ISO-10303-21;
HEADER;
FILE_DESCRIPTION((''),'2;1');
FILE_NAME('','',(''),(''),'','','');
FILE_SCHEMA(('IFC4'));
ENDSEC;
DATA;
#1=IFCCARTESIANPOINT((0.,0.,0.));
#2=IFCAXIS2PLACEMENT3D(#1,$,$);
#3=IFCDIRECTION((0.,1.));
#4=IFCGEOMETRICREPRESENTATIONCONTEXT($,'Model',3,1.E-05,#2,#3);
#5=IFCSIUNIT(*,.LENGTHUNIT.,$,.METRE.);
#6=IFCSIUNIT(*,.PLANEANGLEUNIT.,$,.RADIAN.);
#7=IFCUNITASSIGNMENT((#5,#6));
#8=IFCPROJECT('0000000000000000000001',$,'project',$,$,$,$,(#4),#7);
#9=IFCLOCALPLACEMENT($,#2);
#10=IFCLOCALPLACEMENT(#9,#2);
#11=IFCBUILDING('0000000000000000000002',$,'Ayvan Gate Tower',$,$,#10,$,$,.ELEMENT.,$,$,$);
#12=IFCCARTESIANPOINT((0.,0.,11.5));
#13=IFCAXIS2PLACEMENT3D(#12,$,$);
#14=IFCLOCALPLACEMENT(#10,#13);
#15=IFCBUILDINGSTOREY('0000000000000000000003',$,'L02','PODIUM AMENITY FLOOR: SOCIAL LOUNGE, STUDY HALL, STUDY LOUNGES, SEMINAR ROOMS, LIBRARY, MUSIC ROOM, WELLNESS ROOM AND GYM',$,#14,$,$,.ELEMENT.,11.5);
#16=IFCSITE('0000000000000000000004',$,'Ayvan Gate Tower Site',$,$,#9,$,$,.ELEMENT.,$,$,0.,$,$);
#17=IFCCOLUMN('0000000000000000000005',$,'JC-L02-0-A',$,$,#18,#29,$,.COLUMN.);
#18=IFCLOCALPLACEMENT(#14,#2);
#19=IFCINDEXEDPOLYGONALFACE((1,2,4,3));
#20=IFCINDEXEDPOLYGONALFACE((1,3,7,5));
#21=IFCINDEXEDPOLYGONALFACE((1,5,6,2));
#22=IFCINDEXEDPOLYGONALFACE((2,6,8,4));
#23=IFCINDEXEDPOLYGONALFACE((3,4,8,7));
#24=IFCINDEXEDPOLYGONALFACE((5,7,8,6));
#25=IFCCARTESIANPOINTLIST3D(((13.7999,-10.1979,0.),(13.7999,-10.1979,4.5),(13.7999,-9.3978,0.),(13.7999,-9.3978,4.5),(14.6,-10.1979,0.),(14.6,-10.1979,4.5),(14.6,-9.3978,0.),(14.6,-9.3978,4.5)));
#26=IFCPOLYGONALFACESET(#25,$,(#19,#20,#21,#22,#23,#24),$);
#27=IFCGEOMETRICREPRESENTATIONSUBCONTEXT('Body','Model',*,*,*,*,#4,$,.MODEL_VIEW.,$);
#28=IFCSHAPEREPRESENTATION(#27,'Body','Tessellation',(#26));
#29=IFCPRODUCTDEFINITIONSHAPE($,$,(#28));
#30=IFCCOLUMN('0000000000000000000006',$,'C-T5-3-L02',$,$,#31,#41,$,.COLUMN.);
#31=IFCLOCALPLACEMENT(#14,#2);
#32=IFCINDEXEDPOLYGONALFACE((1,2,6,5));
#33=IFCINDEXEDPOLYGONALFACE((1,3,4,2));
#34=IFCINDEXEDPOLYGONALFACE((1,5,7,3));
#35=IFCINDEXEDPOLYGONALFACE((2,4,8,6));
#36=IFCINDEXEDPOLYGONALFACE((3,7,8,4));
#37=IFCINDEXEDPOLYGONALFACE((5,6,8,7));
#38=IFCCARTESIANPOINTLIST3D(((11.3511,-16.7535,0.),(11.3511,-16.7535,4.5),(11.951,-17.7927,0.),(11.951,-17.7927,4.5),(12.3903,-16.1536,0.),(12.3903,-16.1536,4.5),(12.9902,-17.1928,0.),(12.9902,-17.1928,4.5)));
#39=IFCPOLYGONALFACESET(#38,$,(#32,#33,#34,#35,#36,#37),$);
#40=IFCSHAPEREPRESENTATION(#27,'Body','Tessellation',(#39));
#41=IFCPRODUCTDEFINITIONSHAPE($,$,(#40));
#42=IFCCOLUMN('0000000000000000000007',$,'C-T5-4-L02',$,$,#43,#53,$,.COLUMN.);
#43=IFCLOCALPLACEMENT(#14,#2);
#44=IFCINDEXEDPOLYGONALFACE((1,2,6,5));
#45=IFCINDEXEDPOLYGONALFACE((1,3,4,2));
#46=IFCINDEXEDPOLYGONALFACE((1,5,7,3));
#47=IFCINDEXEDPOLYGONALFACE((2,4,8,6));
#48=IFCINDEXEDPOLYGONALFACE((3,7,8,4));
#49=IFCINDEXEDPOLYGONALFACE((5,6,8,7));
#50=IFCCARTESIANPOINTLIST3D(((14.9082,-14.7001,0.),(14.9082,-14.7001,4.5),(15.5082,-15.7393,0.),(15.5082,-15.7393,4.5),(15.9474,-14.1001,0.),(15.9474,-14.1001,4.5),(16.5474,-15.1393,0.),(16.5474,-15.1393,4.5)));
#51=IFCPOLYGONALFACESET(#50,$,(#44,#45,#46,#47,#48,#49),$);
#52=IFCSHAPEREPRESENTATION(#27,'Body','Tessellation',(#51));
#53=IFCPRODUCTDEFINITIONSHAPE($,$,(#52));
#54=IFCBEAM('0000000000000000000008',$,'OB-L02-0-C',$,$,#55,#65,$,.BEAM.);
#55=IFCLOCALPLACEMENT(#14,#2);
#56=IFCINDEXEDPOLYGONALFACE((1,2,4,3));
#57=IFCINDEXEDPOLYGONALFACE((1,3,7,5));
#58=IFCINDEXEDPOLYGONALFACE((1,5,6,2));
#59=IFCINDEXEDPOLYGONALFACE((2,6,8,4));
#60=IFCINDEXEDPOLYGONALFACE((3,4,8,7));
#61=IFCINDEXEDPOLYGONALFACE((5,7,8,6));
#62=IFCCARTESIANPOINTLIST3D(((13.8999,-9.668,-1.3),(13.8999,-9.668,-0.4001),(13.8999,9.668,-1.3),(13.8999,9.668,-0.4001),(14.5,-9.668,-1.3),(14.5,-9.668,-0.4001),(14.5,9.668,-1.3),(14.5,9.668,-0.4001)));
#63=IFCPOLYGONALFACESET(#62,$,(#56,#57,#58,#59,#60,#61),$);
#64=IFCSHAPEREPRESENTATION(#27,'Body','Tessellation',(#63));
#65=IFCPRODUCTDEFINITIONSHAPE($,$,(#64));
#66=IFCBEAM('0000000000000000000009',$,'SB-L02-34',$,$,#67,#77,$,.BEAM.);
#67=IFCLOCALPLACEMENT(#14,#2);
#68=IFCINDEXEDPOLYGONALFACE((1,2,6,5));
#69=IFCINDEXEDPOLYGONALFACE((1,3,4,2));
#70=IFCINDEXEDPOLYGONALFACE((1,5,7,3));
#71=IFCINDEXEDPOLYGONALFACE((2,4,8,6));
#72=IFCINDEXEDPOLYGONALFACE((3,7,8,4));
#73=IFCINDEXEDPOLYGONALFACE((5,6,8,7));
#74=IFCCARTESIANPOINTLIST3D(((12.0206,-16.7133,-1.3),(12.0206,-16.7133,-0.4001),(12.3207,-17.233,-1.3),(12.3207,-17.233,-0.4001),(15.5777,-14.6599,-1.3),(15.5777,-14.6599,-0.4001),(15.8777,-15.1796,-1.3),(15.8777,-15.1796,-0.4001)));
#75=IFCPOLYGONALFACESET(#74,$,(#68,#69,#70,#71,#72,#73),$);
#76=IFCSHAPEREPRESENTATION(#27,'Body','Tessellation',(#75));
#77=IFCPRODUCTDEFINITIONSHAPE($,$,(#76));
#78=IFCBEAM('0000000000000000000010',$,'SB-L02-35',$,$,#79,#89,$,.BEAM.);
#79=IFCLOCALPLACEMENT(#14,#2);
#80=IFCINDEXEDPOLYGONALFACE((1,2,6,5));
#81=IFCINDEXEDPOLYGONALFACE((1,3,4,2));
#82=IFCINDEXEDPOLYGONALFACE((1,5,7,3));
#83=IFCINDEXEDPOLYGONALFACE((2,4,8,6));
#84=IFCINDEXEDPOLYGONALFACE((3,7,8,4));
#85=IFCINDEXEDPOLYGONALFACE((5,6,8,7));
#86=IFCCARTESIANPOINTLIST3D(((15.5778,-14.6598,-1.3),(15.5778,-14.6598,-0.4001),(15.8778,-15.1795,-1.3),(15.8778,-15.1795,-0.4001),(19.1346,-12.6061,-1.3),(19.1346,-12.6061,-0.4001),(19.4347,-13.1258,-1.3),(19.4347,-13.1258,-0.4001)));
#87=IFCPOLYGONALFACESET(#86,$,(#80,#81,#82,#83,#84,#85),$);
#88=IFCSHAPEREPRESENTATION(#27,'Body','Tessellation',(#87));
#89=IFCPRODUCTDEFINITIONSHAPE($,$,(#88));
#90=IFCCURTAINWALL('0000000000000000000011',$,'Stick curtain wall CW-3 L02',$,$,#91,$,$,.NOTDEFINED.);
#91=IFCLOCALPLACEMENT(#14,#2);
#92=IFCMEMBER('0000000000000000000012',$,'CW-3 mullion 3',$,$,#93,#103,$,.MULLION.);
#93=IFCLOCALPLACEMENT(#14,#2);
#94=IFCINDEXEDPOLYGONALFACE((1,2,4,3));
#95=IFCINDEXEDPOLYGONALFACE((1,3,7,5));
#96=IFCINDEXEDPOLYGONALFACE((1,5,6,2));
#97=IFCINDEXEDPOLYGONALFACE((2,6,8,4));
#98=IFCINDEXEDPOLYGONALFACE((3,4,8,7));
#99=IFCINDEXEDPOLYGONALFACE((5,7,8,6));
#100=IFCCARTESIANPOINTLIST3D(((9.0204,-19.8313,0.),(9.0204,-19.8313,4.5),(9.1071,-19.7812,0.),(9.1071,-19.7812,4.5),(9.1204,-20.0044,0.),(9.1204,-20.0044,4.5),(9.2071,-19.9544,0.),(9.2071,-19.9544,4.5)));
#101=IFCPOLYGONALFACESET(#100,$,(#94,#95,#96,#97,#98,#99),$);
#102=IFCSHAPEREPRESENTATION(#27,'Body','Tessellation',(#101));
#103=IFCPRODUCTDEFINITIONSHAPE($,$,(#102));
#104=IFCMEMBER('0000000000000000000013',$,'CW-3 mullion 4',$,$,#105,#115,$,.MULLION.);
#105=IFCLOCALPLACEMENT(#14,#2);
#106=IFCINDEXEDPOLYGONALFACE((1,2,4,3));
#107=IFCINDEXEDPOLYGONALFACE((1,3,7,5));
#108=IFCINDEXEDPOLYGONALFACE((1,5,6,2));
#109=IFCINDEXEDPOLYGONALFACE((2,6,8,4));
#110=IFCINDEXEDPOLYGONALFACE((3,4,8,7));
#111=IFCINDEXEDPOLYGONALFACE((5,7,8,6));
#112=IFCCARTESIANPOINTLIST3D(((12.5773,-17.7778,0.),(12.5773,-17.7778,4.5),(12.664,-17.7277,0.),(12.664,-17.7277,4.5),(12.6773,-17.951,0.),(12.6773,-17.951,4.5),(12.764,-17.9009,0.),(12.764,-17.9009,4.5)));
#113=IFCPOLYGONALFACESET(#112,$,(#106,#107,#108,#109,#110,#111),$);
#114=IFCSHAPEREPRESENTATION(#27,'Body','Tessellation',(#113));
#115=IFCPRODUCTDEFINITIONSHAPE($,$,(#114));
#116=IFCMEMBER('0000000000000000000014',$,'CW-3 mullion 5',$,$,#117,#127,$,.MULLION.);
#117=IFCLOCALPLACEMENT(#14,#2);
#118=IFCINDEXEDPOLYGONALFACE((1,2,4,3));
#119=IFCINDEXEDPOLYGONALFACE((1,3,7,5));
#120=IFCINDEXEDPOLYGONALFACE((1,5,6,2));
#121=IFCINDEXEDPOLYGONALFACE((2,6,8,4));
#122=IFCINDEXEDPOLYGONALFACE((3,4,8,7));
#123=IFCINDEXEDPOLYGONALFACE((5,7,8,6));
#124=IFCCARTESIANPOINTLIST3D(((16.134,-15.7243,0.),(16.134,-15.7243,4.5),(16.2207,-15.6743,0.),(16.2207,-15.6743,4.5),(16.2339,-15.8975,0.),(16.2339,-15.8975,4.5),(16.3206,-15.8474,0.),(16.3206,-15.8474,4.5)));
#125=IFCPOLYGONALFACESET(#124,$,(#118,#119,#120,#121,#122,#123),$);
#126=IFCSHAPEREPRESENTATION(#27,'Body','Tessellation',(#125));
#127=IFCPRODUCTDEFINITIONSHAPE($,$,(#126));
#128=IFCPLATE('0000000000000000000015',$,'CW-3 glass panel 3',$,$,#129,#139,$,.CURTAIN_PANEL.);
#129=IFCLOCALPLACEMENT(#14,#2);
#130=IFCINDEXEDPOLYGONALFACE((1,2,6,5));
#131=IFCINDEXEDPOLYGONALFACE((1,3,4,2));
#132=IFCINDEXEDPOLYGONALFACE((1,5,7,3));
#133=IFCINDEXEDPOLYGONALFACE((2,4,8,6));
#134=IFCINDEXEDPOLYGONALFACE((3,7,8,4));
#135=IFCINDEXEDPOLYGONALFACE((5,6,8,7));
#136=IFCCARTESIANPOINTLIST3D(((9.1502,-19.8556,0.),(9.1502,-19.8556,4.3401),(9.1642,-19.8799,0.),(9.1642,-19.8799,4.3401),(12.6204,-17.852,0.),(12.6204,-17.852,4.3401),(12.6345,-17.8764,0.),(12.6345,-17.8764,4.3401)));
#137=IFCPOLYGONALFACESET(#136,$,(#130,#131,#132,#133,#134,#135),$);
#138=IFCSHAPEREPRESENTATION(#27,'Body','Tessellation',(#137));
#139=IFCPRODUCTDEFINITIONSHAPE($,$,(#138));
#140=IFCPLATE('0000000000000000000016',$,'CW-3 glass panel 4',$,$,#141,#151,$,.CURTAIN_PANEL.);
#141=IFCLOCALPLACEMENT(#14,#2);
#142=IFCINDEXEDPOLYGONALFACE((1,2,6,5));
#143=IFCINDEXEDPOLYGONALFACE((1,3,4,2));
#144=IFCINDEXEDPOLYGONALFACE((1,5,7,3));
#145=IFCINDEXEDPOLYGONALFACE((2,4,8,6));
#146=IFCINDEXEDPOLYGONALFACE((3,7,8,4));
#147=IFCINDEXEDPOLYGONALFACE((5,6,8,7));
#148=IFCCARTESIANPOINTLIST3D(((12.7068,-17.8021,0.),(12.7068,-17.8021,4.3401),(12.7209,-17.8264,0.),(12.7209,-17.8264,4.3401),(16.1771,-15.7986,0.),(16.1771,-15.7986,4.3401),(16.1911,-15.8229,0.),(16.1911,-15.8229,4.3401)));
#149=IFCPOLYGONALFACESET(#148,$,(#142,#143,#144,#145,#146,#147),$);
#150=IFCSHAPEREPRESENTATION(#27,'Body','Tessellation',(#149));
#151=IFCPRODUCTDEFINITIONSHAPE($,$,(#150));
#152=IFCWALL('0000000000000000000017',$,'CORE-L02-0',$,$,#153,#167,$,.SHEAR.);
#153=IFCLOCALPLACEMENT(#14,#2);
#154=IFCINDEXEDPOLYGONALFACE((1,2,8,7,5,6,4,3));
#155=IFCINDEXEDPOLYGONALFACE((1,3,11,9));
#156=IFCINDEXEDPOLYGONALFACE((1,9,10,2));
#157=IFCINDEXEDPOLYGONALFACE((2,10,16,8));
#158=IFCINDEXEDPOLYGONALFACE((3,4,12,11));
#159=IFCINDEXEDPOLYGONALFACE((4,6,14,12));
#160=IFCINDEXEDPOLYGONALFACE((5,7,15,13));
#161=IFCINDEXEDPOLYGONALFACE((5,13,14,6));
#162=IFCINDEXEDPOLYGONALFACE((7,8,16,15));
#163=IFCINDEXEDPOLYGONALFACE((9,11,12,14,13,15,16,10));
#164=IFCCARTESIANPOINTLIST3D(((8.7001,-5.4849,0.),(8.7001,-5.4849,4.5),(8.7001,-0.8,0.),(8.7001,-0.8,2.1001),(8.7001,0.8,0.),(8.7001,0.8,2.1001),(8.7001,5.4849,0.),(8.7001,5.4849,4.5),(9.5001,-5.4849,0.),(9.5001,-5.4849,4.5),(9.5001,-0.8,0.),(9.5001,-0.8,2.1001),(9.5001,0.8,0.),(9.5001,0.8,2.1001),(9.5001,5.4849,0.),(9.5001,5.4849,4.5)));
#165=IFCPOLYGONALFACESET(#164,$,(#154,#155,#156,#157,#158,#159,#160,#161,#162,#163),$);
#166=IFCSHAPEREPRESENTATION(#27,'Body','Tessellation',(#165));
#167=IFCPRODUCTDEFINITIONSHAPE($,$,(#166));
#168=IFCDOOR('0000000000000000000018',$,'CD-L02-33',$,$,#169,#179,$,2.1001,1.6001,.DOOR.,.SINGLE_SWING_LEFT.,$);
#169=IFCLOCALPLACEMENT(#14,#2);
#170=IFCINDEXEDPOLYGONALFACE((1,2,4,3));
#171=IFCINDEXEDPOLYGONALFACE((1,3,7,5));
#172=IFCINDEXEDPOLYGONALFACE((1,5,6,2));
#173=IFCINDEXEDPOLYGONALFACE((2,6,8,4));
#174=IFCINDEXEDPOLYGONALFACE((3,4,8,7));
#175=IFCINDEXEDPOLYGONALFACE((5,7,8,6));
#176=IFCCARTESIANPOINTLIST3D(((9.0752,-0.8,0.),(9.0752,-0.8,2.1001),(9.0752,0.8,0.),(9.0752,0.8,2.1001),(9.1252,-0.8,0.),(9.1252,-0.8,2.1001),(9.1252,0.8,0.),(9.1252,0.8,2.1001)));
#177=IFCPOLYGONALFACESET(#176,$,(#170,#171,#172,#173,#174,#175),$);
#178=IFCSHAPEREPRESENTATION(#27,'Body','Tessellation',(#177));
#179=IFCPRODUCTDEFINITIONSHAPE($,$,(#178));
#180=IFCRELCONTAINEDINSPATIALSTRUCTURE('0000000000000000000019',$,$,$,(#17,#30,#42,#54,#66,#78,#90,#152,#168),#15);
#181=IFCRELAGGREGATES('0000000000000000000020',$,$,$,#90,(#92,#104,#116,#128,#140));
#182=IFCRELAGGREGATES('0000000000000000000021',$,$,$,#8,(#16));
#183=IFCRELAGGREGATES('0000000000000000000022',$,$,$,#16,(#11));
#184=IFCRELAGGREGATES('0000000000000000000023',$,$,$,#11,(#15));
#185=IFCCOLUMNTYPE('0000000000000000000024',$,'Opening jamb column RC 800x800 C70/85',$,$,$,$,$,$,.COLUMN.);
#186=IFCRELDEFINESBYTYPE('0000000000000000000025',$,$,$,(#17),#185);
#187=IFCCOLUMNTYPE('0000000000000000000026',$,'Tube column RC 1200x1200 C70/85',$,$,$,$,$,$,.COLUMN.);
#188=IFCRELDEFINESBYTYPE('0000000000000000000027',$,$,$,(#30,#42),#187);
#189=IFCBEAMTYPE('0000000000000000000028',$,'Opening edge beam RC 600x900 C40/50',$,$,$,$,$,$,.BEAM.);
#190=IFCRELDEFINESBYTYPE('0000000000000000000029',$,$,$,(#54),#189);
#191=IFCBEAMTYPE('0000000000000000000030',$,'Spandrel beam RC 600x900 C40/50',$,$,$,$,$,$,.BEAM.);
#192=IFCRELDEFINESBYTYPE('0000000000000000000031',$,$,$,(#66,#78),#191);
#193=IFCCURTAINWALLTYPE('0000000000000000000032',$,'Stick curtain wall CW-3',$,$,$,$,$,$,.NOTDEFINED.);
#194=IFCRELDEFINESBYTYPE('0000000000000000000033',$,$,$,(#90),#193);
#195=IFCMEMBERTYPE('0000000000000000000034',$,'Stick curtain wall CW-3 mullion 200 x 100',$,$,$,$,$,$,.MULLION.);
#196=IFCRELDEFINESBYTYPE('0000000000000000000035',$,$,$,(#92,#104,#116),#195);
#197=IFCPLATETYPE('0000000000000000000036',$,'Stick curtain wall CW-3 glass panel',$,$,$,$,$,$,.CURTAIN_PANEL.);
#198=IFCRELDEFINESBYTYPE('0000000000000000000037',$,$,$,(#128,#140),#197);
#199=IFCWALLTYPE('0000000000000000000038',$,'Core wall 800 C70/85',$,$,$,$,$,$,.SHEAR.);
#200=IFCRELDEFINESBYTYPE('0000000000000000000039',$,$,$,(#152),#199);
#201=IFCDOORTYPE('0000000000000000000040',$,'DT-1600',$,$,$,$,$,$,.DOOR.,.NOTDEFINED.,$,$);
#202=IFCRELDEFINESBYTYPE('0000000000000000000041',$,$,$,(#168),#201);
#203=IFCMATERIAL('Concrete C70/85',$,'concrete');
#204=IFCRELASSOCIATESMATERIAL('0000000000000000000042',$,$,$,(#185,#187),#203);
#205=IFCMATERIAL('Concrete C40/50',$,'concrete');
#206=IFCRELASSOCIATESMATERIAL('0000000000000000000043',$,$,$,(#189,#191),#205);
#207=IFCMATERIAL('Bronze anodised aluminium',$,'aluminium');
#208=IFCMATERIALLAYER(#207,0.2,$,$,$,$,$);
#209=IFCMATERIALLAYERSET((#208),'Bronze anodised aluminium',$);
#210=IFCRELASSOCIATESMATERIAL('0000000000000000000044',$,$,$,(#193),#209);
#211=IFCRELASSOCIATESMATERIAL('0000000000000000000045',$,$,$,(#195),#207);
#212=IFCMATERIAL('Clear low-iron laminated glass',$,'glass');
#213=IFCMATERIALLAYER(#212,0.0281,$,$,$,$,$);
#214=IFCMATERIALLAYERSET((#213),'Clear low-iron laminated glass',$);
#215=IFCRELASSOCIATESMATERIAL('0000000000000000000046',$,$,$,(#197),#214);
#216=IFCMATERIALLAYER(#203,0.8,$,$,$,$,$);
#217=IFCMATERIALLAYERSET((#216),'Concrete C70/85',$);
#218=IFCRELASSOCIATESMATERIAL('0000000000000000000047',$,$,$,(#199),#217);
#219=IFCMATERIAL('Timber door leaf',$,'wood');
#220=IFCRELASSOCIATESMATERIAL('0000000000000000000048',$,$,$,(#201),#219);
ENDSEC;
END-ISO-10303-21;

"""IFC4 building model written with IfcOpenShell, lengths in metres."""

from ifc_helpers import new_model, si_unit, direction, frame, frame_2d, origin, origin_2d, place, context, subcontext, project, spatial, rectangle, extrude, material, layer, layer_set, material_profile, profile_set, type_object, element, fill, aggregate, save


model = new_model("IFC4")

# Units and contexts
model_context = context("Model", 3, precision=1e-05, world=origin(), true_north=direction((0.0, 1.0)))
body_context = subcontext(model_context, "Body", "Model", "MODEL_VIEW")
ifc_project = project(units=[si_unit("LENGTHUNIT", "METRE"), si_unit("PLANEANGLEUNIT", "RADIAN")], contexts=[model_context])

# Site, building, storey
site_placement = place(None, origin())
site = spatial("IfcSite", under=ifc_project, at=site_placement, Name="Ayvan Gate Tower Site", CompositionType="ELEMENT", RefElevation=0.0)
building_placement = place(site_placement, origin())
building = spatial("IfcBuilding", under=site, at=building_placement, Name="Ayvan Gate Tower", CompositionType="ELEMENT")
storey_placement = place(building_placement, frame((0.0, 0.0, 11.5)))
storey = spatial("IfcBuildingStorey", under=building, at=storey_placement, Name="L02", Description="PODIUM AMENITY FLOOR: SOCIAL LOUNGE, STUDY HALL, STUDY LOUNGES, SEMINAR ROOMS, LIBRARY, MUSIC ROOM, WELLNESS ROOM AND GYM", CompositionType="ELEMENT", Elevation=11.5)

# Columns
ifc_material_1 = material(Name="Concrete C70/85", Category="concrete")
ifc_material_profile_1 = material_profile(ifc_material_1, rectangle(XDim=0.8, YDim=0.8, at=origin_2d()), Name="RC 800x800")
ifc_profile_set_1 = profile_set([ifc_material_profile_1], Name="Concrete C70/85")
column_type_1 = type_object("IfcColumnType", Name="Opening jamb column RC 800x800 C70/85", PredefinedType="COLUMN", material=ifc_profile_set_1)
column_placement = place(storey_placement, frame((14.2, -9.7979, 0.0), z_axis=(0.0, 0.0, 1.0), x_axis=(1.0, 0.0, 0.0)))
element("IfcColumn", 1, at=column_placement, inside=storey, type_object=column_type_1, Name="JC-L02-0-A", PredefinedType="COLUMN", context=body_context, shape_type="SweptSolid", body=[
    extrude(rectangle(XDim=0.8, YDim=0.8, at=origin_2d()), origin(), (0.0, 0.0, 1.0), 4.5),
])
ifc_material_profile_2 = material_profile(ifc_material_1, rectangle(XDim=1.2, YDim=1.2, at=origin_2d()), Name="RC 1200x1200")
ifc_profile_set_2 = profile_set([ifc_material_profile_2], Name="Concrete C70/85")
column_type_2 = type_object("IfcColumnType", Name="Tube column RC 1200x1200 C70/85", PredefinedType="COLUMN", material=ifc_profile_set_2)
for number, where, z_axis, x_axis, name in (
    (2, (12.1707, -16.9731, 0.0), (0.0, 0.0, 1.0), (0.5, -0.866025, 0.0), "C-T5-3-L02"),
    (3, (15.7278, -14.9197, 0.0), (0.0, 0.0, 1.0), (0.5, -0.866025, 0.0), "C-T5-4-L02"),
):
    element("IfcColumn", number, at=place(storey_placement, frame(where, z_axis=z_axis, x_axis=x_axis)), inside=storey, type_object=column_type_2, Name=name, PredefinedType="COLUMN", context=body_context, shape_type="SweptSolid", body=[
        extrude(rectangle(XDim=1.2, YDim=1.2, at=origin_2d()), origin(), (0.0, 0.0, 1.0), 4.5),
    ])

# Beams
ifc_material_2 = material(Name="Concrete C40/50", Category="concrete")
ifc_material_profile_3 = material_profile(ifc_material_2, rectangle(XDim=0.6001, YDim=0.8999, at=origin_2d()), Name="RC 600x900")
ifc_profile_set_3 = profile_set([ifc_material_profile_3], Name="Concrete C40/50")
beam_type_1 = type_object("IfcBeamType", Name="Opening edge beam RC 600x900 C40/50", PredefinedType="BEAM", material=ifc_profile_set_3)
beam_placement = place(storey_placement, frame((14.2, -9.668, -0.8501), z_axis=(0.0, 1.0, 0.0), x_axis=(-1.0, 0.0, 0.0)))
element("IfcBeam", 4, at=beam_placement, inside=storey, type_object=beam_type_1, Name="OB-L02-0-C", PredefinedType="BEAM", context=body_context, shape_type="SweptSolid", body=[
    extrude(rectangle(XDim=0.6001, YDim=0.8999, at=origin_2d()), origin(), (0.0, 0.0, 1.0), 19.3359),
])
ifc_material_profile_4 = material_profile(ifc_material_2, rectangle(XDim=0.6001, YDim=0.8999, at=origin_2d()), Name="RC 600x900")
ifc_profile_set_4 = profile_set([ifc_material_profile_4], Name="Concrete C40/50")
beam_type_2 = type_object("IfcBeamType", Name="Spandrel beam RC 600x900 C40/50", PredefinedType="BEAM", material=ifc_profile_set_4)
for number, where, z_axis, x_axis, name in (
    (5, (12.1707, -16.9731, -0.8501), (0.866051, 0.499956, 0.0), (-0.499956, 0.866051, 0.0), "SB-L02-34"),
    (6, (15.7278, -14.9197, -0.8501), (0.86601, 0.500026, 0.0), (-0.500026, 0.86601, 0.0), "SB-L02-35"),
):
    element("IfcBeam", number, at=place(storey_placement, frame(where, z_axis=z_axis, x_axis=x_axis)), inside=storey, type_object=beam_type_2, Name=name, PredefinedType="BEAM", context=body_context, shape_type="SweptSolid", body=[
        extrude(rectangle(XDim=0.6001, YDim=0.8999, at=origin_2d()), origin(), (0.0, 0.0, 1.0), 4.1072),
    ])

# Curtain wall, members, plates
ifc_material_3 = material(Name="Bronze anodised aluminium", Category="aluminium")
ifc_layer_1 = layer(ifc_material_3, 0.2)
ifc_layer_set_1 = layer_set([ifc_layer_1], Name="Bronze anodised aluminium")
curtain_wall_type = type_object("IfcCurtainWallType", Name="Stick curtain wall CW-3", PredefinedType="NOTDEFINED", material=ifc_layer_set_1)
curtain_wall_placement = place(storey_placement, origin())
curtain_wall = element("IfcCurtainWall", 7, at=curtain_wall_placement, inside=storey, type_object=curtain_wall_type, Name="Stick curtain wall CW-3 L02", PredefinedType="NOTDEFINED")
ifc_material_profile_5 = material_profile(ifc_material_3, rectangle(XDim=0.2, YDim=0.1001, at=origin_2d()), Name="Stick curtain wall CW-3 mullion 200 x 100")
ifc_profile_set_5 = profile_set([ifc_material_profile_5], Name="Bronze anodised aluminium")
member_type = type_object("IfcMemberType", Name="Stick curtain wall CW-3 mullion 200 x 100", PredefinedType="MULLION", material=ifc_profile_set_5)
member_1_placement = place(storey_placement, frame((9.1138, -19.8928, 0.0), z_axis=(0.0, 0.0, 1.0), x_axis=(0.5, -0.866025, 0.0)))
member_1 = element("IfcMember", 8, at=member_1_placement, type_object=member_type, Name="CW-3 mullion 3", PredefinedType="MULLION", context=body_context, shape_type="SweptSolid", body=[
    extrude(rectangle(XDim=0.2, YDim=0.1001, at=origin_2d()), origin(), (0.0, 0.0, 1.0), 4.5),
])
member_2_placement = place(storey_placement, frame((12.6707, -17.8394, 0.0), z_axis=(0.0, 0.0, 1.0), x_axis=(0.5, -0.866025, 0.0)))
member_2 = element("IfcMember", 9, at=member_2_placement, type_object=member_type, Name="CW-3 mullion 4", PredefinedType="MULLION", context=body_context, shape_type="SweptSolid", body=[
    extrude(rectangle(XDim=0.2, YDim=0.1001, at=origin_2d()), origin(), (0.0, 0.0, 1.0), 4.5),
])
member_3_placement = place(storey_placement, frame((16.2273, -15.7859, 0.0), z_axis=(0.0, 0.0, 1.0), x_axis=(0.5, -0.866025, 0.0)))
member_3 = element("IfcMember", 10, at=member_3_placement, type_object=member_type, Name="CW-3 mullion 5", PredefinedType="MULLION", context=body_context, shape_type="SweptSolid", body=[
    extrude(rectangle(XDim=0.2, YDim=0.1001, at=origin_2d()), origin(), (0.0, 0.0, 1.0), 4.5),
])
ifc_material_4 = material(Name="Clear low-iron laminated glass", Category="glass")
ifc_layer_2 = layer(ifc_material_4, 0.0281)
ifc_layer_set_2 = layer_set([ifc_layer_2], Name="Clear low-iron laminated glass")
plate_type = type_object("IfcPlateType", Name="Stick curtain wall CW-3 glass panel", PredefinedType="CURTAIN_PANEL", material=ifc_layer_set_2)
plate_1_placement = place(storey_placement, frame((10.8923, -18.866, 0.0), z_axis=(0.0, 0.0, 1.0), x_axis=(0.866025, 0.5, 0.0)))
plate_1 = element("IfcPlate", 11, at=plate_1_placement, type_object=plate_type, Name="CW-3 glass panel 3", PredefinedType="CURTAIN_PANEL", context=body_context, shape_type="SweptSolid", body=[
    extrude(rectangle(XDim=4.0071, YDim=0.0281, at=origin_2d()), origin(), (0.0, 0.0, 1.0), 4.3401),
])
plate_2_placement = place(storey_placement, frame((14.449, -16.8125, 0.0), z_axis=(0.0, 0.0, 1.0), x_axis=(0.866025, 0.5, 0.0)))
plate_2 = element("IfcPlate", 12, at=plate_2_placement, type_object=plate_type, Name="CW-3 glass panel 4", PredefinedType="CURTAIN_PANEL", context=body_context, shape_type="SweptSolid", body=[
    extrude(rectangle(XDim=4.0071, YDim=0.0281, at=origin_2d()), origin(), (0.0, 0.0, 1.0), 4.3401),
])
aggregate(curtain_wall, [member_1, member_2, member_3, plate_1, plate_2])

# Wall, opening, door
ifc_layer_3 = layer(ifc_material_1, 0.8)
ifc_layer_set_3 = layer_set([ifc_layer_3], Name="Concrete C70/85")
wall_type_1 = type_object("IfcWallType", Name="Core wall 800 C70/85", PredefinedType="SHEAR", material=ifc_layer_set_3)
wall_1_placement = place(storey_placement, frame((9.1001, -5.4849, 0.0), z_axis=(0.0, 0.0, 1.0), x_axis=(0.0, 1.0, 0.0)))
wall_1 = element("IfcWall", 13, at=wall_1_placement, inside=storey, type_object=wall_type_1, Name="CORE-L02-0", PredefinedType="SHEAR", context=body_context, shape_type="SweptSolid", body=[
    extrude(rectangle(XDim=10.9697, YDim=0.8, at=frame_2d((5.4849, 0.0))), origin(), (0.0, 0.0, 1.0), 4.5),
])
opening_1_placement = place(wall_1_placement, frame((4.6848, 0.0, 0.0)))
opening_1 = element("IfcOpeningElement", 14, at=opening_1_placement, cuts=wall_1, PredefinedType="OPENING", context=body_context, shape_type="SweptSolid", body=[
    extrude(rectangle(XDim=1.6001, YDim=2.1001, at=frame_2d((0.8, 1.05))), frame((0.0, 0.4099, 0.0), z_axis=(0.0, -1.0, 0.0), x_axis=(1.0, 0.0, 0.0)), (0.0, 0.0, 1.0), 0.8201),
])
ifc_material_5 = material(Name="Timber door leaf", Category="wood")
door_type_1 = type_object("IfcDoorType", Name="DT-1600", OperationType="NOTDEFINED", PredefinedType="DOOR", material=ifc_material_5)
door_1_placement = place(opening_1_placement, origin())
door_1 = element("IfcDoor", 15, at=door_1_placement, inside=storey, type_object=door_type_1, Name="CD-L02-33", OperationType="SINGLE_SWING_LEFT", OverallHeight=2.1001, OverallWidth=1.6001, PredefinedType="DOOR", context=body_context, shape_type="SweptSolid", body=[
    extrude(rectangle(XDim=1.6001, YDim=2.1001, at=frame_2d((0.8, 1.05))), frame((0.0, 0.0249, 0.0), z_axis=(0.0, -1.0, 0.0), x_axis=(1.0, 0.0, 0.0)), (0.0, 0.0, 1.0), 0.05),
])
fill(opening_1, door_1)

save(model, "model.ifc")
